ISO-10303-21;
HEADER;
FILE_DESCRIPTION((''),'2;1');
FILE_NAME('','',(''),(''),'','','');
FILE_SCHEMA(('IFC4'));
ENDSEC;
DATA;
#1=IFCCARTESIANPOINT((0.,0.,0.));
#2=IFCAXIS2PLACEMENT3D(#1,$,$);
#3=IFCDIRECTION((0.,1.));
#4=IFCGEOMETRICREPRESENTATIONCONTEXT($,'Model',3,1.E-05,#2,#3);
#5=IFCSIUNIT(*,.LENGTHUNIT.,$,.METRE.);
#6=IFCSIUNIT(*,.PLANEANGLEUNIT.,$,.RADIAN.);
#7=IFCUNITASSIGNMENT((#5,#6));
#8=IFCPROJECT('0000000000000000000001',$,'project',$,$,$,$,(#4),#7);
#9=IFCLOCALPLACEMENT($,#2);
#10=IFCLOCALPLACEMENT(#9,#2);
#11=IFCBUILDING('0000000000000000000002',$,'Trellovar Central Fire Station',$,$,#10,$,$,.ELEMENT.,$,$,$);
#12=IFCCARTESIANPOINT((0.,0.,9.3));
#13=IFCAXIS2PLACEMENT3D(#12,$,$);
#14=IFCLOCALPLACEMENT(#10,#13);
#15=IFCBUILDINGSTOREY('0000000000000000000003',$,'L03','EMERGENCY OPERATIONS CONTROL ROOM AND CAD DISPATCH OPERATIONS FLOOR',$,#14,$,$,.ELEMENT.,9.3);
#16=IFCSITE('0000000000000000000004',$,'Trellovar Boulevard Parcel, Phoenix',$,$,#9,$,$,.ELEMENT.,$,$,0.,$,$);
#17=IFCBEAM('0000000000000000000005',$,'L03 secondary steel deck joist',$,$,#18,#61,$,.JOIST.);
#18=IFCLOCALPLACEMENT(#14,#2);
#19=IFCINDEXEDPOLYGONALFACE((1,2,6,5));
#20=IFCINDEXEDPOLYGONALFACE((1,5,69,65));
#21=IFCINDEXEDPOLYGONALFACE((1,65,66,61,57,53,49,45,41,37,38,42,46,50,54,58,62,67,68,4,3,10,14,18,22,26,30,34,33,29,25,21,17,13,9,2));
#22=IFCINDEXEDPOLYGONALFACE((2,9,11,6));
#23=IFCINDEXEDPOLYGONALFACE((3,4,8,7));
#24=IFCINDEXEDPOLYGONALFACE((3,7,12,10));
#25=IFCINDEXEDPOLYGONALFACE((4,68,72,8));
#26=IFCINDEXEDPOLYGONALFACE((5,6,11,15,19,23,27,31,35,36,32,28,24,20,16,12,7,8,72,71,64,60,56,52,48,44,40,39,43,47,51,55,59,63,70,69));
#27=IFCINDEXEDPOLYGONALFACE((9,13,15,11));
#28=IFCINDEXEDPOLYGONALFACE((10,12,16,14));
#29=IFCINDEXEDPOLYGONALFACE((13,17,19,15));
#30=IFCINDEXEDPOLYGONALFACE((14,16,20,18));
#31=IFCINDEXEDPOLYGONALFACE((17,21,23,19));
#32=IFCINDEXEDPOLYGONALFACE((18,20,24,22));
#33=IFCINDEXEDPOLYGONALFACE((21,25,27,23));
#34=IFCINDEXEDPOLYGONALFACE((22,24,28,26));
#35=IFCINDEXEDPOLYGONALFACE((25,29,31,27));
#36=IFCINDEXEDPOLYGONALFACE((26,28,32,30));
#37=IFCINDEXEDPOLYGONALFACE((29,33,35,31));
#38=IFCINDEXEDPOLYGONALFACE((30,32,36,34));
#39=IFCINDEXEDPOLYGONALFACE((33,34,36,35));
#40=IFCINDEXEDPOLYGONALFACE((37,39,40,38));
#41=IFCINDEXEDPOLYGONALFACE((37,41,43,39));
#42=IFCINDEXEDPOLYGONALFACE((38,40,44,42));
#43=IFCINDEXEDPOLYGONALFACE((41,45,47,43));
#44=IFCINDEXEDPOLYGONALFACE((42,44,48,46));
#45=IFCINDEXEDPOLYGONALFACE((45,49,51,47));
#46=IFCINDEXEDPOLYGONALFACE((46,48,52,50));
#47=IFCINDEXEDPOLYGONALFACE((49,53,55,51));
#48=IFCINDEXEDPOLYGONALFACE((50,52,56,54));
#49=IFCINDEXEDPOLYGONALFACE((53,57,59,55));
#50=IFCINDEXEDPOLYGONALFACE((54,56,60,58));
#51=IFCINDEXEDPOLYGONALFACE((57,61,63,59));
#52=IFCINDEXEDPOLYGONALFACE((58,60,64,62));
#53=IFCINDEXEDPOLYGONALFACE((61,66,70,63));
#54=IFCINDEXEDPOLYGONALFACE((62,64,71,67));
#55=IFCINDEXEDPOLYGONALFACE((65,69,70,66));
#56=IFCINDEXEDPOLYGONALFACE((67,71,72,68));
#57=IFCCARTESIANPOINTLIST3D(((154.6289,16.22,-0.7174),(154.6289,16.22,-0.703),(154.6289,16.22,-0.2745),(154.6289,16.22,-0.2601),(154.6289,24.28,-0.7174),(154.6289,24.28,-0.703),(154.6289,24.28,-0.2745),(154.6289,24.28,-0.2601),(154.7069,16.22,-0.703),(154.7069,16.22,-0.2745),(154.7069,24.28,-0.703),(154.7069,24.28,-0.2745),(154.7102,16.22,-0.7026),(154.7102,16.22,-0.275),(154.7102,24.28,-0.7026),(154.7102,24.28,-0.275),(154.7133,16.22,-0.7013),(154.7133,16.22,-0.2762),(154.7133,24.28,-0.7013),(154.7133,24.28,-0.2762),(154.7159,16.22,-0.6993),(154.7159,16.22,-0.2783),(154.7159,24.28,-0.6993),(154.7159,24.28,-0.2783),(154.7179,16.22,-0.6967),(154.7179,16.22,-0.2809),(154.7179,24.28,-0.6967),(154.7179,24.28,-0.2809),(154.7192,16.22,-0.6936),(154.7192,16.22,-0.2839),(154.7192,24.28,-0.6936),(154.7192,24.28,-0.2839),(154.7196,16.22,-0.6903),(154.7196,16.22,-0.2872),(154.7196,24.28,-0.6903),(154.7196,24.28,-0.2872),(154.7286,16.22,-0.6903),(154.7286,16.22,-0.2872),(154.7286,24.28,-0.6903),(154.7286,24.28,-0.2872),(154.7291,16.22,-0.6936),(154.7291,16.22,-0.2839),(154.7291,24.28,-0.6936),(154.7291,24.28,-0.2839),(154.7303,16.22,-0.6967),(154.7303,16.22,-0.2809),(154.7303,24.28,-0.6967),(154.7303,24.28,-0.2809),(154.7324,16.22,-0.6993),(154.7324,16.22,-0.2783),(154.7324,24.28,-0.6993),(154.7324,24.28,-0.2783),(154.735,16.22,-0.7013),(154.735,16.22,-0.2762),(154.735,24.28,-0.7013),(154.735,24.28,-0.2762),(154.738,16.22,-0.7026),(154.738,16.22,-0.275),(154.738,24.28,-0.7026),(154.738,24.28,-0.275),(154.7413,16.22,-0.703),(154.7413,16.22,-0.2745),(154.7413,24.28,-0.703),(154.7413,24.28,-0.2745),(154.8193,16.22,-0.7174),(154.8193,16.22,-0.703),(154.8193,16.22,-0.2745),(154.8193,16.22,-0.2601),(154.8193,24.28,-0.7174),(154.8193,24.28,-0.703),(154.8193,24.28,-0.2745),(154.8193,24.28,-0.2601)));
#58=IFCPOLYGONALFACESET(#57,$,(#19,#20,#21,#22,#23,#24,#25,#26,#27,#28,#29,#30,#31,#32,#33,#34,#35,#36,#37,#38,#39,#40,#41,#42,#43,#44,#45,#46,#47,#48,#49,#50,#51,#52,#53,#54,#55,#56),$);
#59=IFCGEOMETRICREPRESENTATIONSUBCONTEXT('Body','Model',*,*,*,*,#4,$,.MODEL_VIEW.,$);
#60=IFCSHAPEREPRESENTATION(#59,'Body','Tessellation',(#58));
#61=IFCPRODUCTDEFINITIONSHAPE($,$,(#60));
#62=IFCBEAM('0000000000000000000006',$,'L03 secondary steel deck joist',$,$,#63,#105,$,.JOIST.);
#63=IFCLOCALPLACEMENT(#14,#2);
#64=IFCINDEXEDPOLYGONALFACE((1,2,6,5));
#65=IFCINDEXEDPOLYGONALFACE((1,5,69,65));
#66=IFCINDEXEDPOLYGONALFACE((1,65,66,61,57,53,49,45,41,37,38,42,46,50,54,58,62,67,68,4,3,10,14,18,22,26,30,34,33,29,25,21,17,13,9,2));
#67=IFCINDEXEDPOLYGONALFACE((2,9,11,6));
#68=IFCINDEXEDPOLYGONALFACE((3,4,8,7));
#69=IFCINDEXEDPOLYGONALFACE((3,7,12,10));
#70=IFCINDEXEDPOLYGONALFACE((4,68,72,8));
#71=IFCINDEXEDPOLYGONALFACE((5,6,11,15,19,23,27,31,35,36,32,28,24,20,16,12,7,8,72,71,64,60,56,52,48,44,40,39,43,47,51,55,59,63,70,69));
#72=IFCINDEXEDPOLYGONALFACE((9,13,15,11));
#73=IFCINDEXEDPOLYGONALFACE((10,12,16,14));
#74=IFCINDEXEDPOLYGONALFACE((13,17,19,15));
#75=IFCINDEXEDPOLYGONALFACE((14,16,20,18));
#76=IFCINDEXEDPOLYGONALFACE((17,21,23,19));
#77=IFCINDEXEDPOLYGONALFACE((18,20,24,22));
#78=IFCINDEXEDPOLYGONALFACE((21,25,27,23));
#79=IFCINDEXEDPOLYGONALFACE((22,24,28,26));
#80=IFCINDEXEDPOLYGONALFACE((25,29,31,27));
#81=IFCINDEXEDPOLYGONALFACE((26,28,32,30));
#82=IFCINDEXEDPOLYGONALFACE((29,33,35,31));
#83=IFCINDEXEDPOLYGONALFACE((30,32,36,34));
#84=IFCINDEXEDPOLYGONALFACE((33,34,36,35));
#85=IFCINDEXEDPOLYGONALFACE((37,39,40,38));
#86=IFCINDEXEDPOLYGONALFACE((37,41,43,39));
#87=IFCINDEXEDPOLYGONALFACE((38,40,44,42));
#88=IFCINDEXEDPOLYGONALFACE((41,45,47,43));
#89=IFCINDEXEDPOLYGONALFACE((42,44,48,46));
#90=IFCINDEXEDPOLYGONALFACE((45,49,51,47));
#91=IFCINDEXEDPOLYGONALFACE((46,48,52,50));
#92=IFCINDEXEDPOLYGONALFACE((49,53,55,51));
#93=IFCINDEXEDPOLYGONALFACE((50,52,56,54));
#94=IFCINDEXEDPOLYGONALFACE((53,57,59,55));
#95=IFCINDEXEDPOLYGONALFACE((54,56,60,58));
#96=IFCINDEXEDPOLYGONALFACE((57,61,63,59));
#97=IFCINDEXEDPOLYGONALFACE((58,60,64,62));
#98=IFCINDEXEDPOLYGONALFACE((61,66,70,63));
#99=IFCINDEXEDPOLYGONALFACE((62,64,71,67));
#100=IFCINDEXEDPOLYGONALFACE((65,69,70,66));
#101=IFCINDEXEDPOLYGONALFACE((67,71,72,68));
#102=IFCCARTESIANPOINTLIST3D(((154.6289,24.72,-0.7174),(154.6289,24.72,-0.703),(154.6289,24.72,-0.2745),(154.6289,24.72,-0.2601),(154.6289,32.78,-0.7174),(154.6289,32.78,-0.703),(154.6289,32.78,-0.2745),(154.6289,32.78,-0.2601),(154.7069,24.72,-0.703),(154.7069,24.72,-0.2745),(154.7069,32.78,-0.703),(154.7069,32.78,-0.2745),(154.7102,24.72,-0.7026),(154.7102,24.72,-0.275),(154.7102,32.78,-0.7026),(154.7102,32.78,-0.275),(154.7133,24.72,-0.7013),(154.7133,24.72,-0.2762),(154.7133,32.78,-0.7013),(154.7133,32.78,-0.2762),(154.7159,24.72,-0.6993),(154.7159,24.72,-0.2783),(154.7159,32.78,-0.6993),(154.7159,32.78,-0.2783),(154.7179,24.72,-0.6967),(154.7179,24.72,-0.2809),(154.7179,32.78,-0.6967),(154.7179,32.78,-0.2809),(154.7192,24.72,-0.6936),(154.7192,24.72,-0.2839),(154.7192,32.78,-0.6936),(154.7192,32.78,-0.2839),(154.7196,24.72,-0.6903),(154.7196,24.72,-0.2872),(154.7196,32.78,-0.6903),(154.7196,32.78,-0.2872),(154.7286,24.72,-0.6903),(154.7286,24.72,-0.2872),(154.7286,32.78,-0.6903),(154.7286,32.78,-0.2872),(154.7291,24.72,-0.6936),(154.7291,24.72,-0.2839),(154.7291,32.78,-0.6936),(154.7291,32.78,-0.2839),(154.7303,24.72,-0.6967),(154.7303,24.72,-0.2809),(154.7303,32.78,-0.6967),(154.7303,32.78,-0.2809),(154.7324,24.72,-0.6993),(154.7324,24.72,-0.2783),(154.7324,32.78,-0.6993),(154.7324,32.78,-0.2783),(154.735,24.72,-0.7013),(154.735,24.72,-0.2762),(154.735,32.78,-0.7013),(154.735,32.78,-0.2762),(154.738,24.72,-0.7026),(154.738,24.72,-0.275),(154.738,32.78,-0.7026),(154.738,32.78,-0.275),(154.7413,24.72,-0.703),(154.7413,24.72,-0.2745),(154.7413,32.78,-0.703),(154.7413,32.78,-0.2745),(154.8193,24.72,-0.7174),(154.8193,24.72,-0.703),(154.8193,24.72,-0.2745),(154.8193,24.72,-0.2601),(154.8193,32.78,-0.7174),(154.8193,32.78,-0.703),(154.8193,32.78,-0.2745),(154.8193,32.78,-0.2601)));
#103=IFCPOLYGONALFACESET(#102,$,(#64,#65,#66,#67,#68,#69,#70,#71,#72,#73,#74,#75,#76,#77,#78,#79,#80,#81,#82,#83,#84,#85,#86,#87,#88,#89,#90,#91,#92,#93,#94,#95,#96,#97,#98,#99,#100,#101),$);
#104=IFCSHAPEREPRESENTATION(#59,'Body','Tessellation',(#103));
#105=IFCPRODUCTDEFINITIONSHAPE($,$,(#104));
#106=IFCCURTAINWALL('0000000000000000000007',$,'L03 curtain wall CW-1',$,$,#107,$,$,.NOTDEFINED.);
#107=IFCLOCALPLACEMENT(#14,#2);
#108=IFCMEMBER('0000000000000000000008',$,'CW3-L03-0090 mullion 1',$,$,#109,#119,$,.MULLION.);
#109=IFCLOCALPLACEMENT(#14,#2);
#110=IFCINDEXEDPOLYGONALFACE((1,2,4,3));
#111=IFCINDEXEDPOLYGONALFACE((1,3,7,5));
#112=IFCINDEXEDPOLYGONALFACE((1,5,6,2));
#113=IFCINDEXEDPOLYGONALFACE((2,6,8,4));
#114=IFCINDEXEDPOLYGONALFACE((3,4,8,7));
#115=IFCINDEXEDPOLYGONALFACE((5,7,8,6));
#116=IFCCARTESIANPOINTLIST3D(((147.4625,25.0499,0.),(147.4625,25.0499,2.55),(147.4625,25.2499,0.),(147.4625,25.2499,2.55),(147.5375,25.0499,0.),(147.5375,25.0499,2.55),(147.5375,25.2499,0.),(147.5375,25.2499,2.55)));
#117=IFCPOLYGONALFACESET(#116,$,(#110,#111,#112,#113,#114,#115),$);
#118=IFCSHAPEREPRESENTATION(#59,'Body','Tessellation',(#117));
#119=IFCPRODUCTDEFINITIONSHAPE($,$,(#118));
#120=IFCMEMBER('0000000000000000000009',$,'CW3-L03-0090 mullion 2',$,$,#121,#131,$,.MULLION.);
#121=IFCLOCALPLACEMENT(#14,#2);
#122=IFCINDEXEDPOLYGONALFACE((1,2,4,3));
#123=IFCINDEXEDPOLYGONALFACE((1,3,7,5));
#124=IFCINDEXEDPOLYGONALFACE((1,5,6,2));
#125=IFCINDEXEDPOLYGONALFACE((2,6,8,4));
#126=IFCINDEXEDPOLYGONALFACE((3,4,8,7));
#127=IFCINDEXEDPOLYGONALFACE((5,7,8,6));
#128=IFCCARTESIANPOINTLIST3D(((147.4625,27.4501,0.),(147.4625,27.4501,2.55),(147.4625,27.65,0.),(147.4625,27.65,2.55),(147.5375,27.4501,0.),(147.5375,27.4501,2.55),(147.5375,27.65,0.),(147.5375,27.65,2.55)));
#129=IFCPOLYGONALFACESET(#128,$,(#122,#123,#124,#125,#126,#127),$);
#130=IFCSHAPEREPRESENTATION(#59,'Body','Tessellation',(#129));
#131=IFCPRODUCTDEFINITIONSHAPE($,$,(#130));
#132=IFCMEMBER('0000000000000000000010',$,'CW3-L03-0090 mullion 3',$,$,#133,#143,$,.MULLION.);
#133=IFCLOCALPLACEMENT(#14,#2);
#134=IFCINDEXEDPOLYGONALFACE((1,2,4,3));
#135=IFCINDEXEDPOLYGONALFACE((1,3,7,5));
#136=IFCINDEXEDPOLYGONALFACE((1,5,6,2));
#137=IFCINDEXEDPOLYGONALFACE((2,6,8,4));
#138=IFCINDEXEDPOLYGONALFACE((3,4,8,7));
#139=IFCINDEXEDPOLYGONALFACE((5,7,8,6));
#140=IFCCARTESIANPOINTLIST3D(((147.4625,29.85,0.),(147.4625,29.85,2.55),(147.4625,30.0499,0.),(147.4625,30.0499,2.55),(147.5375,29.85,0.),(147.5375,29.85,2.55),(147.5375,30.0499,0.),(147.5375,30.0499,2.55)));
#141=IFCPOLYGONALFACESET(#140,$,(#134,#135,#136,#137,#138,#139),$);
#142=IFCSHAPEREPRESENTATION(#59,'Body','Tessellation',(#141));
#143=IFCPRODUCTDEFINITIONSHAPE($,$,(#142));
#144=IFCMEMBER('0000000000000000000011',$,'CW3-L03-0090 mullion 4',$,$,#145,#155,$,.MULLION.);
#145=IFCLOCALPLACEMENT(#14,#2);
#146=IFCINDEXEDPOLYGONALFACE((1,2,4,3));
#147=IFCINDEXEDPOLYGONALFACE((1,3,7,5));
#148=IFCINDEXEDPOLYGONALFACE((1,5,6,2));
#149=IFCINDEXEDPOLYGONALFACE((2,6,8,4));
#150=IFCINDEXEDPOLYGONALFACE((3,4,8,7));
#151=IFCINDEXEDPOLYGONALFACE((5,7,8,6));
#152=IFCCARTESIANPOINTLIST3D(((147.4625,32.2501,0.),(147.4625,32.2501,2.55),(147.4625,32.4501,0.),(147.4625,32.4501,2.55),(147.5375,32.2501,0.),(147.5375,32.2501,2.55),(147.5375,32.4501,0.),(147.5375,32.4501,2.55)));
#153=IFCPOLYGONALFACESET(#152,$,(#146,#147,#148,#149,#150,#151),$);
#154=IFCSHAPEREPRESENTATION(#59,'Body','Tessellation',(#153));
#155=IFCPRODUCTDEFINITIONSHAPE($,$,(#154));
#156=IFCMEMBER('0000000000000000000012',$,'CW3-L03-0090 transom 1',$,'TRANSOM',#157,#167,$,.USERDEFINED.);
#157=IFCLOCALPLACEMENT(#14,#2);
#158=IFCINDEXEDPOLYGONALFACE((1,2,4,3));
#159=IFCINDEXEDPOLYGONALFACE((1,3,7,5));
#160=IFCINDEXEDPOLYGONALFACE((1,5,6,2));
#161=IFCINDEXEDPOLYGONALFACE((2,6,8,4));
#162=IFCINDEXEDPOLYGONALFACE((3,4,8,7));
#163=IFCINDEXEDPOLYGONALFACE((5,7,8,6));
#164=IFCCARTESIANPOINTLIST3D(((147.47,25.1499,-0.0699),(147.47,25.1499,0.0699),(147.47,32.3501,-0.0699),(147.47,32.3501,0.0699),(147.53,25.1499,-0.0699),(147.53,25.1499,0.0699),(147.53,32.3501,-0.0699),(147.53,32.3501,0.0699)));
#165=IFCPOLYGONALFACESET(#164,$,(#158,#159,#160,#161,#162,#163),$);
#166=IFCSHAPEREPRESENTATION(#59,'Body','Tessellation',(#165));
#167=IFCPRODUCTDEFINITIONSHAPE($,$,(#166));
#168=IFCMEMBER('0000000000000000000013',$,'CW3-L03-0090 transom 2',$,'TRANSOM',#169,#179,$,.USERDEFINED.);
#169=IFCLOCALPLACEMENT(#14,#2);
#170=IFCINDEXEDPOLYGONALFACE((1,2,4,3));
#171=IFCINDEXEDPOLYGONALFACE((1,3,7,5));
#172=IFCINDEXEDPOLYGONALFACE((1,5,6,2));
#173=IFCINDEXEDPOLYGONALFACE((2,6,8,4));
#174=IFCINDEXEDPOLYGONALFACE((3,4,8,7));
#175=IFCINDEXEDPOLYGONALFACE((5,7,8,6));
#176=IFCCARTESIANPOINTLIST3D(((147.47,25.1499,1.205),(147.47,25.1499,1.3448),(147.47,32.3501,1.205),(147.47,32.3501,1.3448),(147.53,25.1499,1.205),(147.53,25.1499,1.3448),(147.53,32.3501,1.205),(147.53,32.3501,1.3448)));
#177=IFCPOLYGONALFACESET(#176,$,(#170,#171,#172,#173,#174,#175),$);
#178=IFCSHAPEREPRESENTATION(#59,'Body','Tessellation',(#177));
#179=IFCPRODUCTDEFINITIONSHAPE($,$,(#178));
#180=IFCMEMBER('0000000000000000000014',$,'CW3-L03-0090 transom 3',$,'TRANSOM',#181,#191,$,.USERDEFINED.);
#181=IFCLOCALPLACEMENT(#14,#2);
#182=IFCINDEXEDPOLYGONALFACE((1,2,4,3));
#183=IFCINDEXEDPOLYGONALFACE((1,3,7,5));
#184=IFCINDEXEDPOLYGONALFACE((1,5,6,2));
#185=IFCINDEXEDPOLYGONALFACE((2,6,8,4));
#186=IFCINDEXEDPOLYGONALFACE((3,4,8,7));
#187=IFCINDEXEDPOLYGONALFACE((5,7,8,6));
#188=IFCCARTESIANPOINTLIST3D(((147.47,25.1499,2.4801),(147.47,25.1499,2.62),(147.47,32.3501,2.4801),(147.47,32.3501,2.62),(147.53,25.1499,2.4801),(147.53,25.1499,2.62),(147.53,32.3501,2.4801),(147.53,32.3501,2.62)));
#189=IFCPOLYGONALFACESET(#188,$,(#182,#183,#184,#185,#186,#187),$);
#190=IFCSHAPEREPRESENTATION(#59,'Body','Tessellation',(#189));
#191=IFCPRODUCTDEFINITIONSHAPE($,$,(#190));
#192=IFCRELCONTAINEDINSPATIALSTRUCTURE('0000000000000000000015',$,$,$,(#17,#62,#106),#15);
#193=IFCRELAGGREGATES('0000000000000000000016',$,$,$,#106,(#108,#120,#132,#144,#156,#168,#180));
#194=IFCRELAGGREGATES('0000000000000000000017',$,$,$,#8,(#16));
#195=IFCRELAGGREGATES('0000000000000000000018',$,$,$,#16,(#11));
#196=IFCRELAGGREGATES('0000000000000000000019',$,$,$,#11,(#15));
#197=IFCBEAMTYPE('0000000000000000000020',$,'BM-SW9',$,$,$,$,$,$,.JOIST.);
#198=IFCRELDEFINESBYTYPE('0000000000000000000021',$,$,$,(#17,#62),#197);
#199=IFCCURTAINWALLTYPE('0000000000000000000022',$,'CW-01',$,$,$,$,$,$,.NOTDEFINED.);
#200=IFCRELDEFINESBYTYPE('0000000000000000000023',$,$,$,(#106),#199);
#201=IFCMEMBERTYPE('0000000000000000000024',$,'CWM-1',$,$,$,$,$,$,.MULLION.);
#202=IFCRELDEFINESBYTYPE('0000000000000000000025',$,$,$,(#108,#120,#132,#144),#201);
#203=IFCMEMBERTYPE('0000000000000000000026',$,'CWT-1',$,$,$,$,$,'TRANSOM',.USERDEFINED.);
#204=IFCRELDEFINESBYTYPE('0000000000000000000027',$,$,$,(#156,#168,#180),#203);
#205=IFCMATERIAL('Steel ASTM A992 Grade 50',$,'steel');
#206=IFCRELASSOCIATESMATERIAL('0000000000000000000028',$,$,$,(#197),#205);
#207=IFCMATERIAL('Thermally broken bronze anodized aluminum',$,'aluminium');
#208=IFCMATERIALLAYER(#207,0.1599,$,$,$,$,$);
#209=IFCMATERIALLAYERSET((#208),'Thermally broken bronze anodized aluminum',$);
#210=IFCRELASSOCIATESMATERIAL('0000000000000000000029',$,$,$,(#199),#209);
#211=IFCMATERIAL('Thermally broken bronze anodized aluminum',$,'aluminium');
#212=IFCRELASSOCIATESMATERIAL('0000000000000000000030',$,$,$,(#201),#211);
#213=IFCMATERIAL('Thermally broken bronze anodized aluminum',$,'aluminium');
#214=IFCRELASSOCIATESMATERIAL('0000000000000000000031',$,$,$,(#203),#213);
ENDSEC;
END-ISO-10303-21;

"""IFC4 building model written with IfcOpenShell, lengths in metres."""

from ifc_helpers import new_model, si_unit, direction, frame, origin, origin_2d, place, context, subcontext, project, spatial, rectangle, i_section, extrude, material, layer, layer_set, material_profile, profile_set, type_object, element, aggregate, save


model = new_model("IFC4")

# Units and contexts
model_context = context("Model", 3, precision=1e-05, world=origin(), true_north=direction((0.0, 1.0)))
body_context = subcontext(model_context, "Body", "Model", "MODEL_VIEW")
ifc_project = project(units=[si_unit("LENGTHUNIT", "METRE"), si_unit("PLANEANGLEUNIT", "RADIAN")], contexts=[model_context])

# Site, building, storey
site_placement = place(None, origin())
site = spatial("IfcSite", under=ifc_project, at=site_placement, Name="Trellovar Boulevard Parcel, Phoenix", CompositionType="ELEMENT", RefElevation=0.0)
building_placement = place(site_placement, origin())
building = spatial("IfcBuilding", under=site, at=building_placement, Name="Trellovar Central Fire Station", CompositionType="ELEMENT")
storey_placement = place(building_placement, frame((0.0, 0.0, 9.3)))
storey = spatial("IfcBuildingStorey", under=building, at=storey_placement, Name="L03", Description="EMERGENCY OPERATIONS CONTROL ROOM AND CAD DISPATCH OPERATIONS FLOOR", CompositionType="ELEMENT", Elevation=9.3)

# Beams
ifc_material_1 = material(Name="Steel ASTM A992 Grade 50", Category="steel")
ifc_material_profile_1 = material_profile(ifc_material_1, i_section(OverallWidth=0.1904, OverallDepth=0.4573, WebThickness=0.009, FlangeThickness=0.0144, FilletRadius=0.0127, at=origin_2d()), Name="W18X50")
ifc_profile_set_1 = profile_set([ifc_material_profile_1], Name="Steel ASTM A992 Grade 50")
beam_type_1 = type_object("IfcBeamType", Name="BM-SW9", PredefinedType="JOIST", material=ifc_profile_set_1)
for number, where, z_axis, x_axis, name in (
    (1, (154.7241, 16.22, -0.4888), (0.0, 1.0, 0.0), (-1.0, 0.0, 0.0), "L03 secondary steel deck joist"),
    (2, (154.7241, 24.72, -0.4888), (0.0, 1.0, 0.0), (-1.0, 0.0, 0.0), "L03 secondary steel deck joist"),
):
    element("IfcBeam", number, at=place(storey_placement, frame(where, z_axis=z_axis, x_axis=x_axis)), inside=storey, type_object=beam_type_1, Name=name, PredefinedType="JOIST", context=body_context, shape_type="SweptSolid", body=[
        extrude(i_section(OverallWidth=0.1904, OverallDepth=0.4573, WebThickness=0.009, FlangeThickness=0.0144, FilletRadius=0.0127, at=origin_2d()), origin(), (0.0, 0.0, 1.0), 8.0601),
    ])

# Curtain wall, members
ifc_material_2 = material(Name="Thermally broken bronze anodized aluminum", Category="aluminium")
ifc_layer_1 = layer(ifc_material_2, 0.1599)
ifc_layer_set_1 = layer_set([ifc_layer_1], Name="Thermally broken bronze anodized aluminum")
curtain_wall_type = type_object("IfcCurtainWallType", Name="CW-01", PredefinedType="NOTDEFINED", material=ifc_layer_set_1)
curtain_wall_placement = place(storey_placement, origin())
curtain_wall = element("IfcCurtainWall", 3, at=curtain_wall_placement, inside=storey, type_object=curtain_wall_type, Name="L03 curtain wall CW-1", PredefinedType="NOTDEFINED")
ifc_material_3 = material(Name="Thermally broken bronze anodized aluminum", Category="aluminium")
ifc_material_profile_2 = material_profile(ifc_material_3, rectangle(XDim=0.075, YDim=0.2, at=origin_2d()), Name="ALU75X200")
ifc_profile_set_2 = profile_set([ifc_material_profile_2], Name="Thermally broken bronze anodized aluminum")
member_type_1 = type_object("IfcMemberType", Name="CWM-1", PredefinedType="MULLION", material=ifc_profile_set_2)
member_1_placement = place(storey_placement, frame((147.5, 25.1499, 0.0), z_axis=(0.0, 0.0, 1.0), x_axis=(1.0, 0.0, 0.0)))
member_1 = element("IfcMember", 4, at=member_1_placement, type_object=member_type_1, Name="CW3-L03-0090 mullion 1", PredefinedType="MULLION", context=body_context, shape_type="SweptSolid", body=[
    extrude(rectangle(XDim=0.075, YDim=0.2, at=origin_2d()), origin(), (0.0, 0.0, 1.0), 2.55),
])
member_2_placement = place(storey_placement, frame((147.5, 27.55, 0.0), z_axis=(0.0, 0.0, 1.0), x_axis=(1.0, 0.0, 0.0)))
member_2 = element("IfcMember", 5, at=member_2_placement, type_object=member_type_1, Name="CW3-L03-0090 mullion 2", PredefinedType="MULLION", context=body_context, shape_type="SweptSolid", body=[
    extrude(rectangle(XDim=0.075, YDim=0.2, at=origin_2d()), origin(), (0.0, 0.0, 1.0), 2.55),
])
member_3_placement = place(storey_placement, frame((147.5, 29.95, 0.0), z_axis=(0.0, 0.0, 1.0), x_axis=(1.0, 0.0, 0.0)))
member_3 = element("IfcMember", 6, at=member_3_placement, type_object=member_type_1, Name="CW3-L03-0090 mullion 3", PredefinedType="MULLION", context=body_context, shape_type="SweptSolid", body=[
    extrude(rectangle(XDim=0.075, YDim=0.2, at=origin_2d()), origin(), (0.0, 0.0, 1.0), 2.55),
])
member_4_placement = place(storey_placement, frame((147.5, 32.3501, 0.0), z_axis=(0.0, 0.0, 1.0), x_axis=(1.0, 0.0, 0.0)))
member_4 = element("IfcMember", 7, at=member_4_placement, type_object=member_type_1, Name="CW3-L03-0090 mullion 4", PredefinedType="MULLION", context=body_context, shape_type="SweptSolid", body=[
    extrude(rectangle(XDim=0.075, YDim=0.2, at=origin_2d()), origin(), (0.0, 0.0, 1.0), 2.55),
])
ifc_material_4 = material(Name="Thermally broken bronze anodized aluminum", Category="aluminium")
ifc_material_profile_3 = material_profile(ifc_material_4, rectangle(XDim=0.0601, YDim=0.1399, at=origin_2d()), Name="ALU60X140")
ifc_profile_set_3 = profile_set([ifc_material_profile_3], Name="Thermally broken bronze anodized aluminum")
member_type_2 = type_object("IfcMemberType", Name="CWT-1", ElementType="TRANSOM", PredefinedType="USERDEFINED", material=ifc_profile_set_3)
member_5_placement = place(storey_placement, frame((147.5, 25.1499, 0.0), z_axis=(0.0, 1.0, 0.0), x_axis=(-1.0, 0.0, 0.0)))
member_5 = element("IfcMember", 8, at=member_5_placement, type_object=member_type_2, Name="CW3-L03-0090 transom 1", ObjectType="TRANSOM", PredefinedType="USERDEFINED", context=body_context, shape_type="SweptSolid", body=[
    extrude(rectangle(XDim=0.0601, YDim=0.1399, at=origin_2d()), origin(), (0.0, 0.0, 1.0), 7.2002),
])
member_6_placement = place(storey_placement, frame((147.5, 25.1499, 1.2749), z_axis=(0.0, 1.0, 0.0), x_axis=(-1.0, 0.0, 0.0)))
member_6 = element("IfcMember", 9, at=member_6_placement, type_object=member_type_2, Name="CW3-L03-0090 transom 2", ObjectType="TRANSOM", PredefinedType="USERDEFINED", context=body_context, shape_type="SweptSolid", body=[
    extrude(rectangle(XDim=0.0601, YDim=0.1399, at=origin_2d()), origin(), (0.0, 0.0, 1.0), 7.2002),
])
member_7_placement = place(storey_placement, frame((147.5, 25.1499, 2.55), z_axis=(0.0, 1.0, 0.0), x_axis=(-1.0, 0.0, 0.0)))
member_7 = element("IfcMember", 10, at=member_7_placement, type_object=member_type_2, Name="CW3-L03-0090 transom 3", ObjectType="TRANSOM", PredefinedType="USERDEFINED", context=body_context, shape_type="SweptSolid", body=[
    extrude(rectangle(XDim=0.0601, YDim=0.1399, at=origin_2d()), origin(), (0.0, 0.0, 1.0), 7.2002),
])
aggregate(curtain_wall, [member_1, member_2, member_3, member_4, member_5, member_6, member_7])

save(model, "model.ifc")
